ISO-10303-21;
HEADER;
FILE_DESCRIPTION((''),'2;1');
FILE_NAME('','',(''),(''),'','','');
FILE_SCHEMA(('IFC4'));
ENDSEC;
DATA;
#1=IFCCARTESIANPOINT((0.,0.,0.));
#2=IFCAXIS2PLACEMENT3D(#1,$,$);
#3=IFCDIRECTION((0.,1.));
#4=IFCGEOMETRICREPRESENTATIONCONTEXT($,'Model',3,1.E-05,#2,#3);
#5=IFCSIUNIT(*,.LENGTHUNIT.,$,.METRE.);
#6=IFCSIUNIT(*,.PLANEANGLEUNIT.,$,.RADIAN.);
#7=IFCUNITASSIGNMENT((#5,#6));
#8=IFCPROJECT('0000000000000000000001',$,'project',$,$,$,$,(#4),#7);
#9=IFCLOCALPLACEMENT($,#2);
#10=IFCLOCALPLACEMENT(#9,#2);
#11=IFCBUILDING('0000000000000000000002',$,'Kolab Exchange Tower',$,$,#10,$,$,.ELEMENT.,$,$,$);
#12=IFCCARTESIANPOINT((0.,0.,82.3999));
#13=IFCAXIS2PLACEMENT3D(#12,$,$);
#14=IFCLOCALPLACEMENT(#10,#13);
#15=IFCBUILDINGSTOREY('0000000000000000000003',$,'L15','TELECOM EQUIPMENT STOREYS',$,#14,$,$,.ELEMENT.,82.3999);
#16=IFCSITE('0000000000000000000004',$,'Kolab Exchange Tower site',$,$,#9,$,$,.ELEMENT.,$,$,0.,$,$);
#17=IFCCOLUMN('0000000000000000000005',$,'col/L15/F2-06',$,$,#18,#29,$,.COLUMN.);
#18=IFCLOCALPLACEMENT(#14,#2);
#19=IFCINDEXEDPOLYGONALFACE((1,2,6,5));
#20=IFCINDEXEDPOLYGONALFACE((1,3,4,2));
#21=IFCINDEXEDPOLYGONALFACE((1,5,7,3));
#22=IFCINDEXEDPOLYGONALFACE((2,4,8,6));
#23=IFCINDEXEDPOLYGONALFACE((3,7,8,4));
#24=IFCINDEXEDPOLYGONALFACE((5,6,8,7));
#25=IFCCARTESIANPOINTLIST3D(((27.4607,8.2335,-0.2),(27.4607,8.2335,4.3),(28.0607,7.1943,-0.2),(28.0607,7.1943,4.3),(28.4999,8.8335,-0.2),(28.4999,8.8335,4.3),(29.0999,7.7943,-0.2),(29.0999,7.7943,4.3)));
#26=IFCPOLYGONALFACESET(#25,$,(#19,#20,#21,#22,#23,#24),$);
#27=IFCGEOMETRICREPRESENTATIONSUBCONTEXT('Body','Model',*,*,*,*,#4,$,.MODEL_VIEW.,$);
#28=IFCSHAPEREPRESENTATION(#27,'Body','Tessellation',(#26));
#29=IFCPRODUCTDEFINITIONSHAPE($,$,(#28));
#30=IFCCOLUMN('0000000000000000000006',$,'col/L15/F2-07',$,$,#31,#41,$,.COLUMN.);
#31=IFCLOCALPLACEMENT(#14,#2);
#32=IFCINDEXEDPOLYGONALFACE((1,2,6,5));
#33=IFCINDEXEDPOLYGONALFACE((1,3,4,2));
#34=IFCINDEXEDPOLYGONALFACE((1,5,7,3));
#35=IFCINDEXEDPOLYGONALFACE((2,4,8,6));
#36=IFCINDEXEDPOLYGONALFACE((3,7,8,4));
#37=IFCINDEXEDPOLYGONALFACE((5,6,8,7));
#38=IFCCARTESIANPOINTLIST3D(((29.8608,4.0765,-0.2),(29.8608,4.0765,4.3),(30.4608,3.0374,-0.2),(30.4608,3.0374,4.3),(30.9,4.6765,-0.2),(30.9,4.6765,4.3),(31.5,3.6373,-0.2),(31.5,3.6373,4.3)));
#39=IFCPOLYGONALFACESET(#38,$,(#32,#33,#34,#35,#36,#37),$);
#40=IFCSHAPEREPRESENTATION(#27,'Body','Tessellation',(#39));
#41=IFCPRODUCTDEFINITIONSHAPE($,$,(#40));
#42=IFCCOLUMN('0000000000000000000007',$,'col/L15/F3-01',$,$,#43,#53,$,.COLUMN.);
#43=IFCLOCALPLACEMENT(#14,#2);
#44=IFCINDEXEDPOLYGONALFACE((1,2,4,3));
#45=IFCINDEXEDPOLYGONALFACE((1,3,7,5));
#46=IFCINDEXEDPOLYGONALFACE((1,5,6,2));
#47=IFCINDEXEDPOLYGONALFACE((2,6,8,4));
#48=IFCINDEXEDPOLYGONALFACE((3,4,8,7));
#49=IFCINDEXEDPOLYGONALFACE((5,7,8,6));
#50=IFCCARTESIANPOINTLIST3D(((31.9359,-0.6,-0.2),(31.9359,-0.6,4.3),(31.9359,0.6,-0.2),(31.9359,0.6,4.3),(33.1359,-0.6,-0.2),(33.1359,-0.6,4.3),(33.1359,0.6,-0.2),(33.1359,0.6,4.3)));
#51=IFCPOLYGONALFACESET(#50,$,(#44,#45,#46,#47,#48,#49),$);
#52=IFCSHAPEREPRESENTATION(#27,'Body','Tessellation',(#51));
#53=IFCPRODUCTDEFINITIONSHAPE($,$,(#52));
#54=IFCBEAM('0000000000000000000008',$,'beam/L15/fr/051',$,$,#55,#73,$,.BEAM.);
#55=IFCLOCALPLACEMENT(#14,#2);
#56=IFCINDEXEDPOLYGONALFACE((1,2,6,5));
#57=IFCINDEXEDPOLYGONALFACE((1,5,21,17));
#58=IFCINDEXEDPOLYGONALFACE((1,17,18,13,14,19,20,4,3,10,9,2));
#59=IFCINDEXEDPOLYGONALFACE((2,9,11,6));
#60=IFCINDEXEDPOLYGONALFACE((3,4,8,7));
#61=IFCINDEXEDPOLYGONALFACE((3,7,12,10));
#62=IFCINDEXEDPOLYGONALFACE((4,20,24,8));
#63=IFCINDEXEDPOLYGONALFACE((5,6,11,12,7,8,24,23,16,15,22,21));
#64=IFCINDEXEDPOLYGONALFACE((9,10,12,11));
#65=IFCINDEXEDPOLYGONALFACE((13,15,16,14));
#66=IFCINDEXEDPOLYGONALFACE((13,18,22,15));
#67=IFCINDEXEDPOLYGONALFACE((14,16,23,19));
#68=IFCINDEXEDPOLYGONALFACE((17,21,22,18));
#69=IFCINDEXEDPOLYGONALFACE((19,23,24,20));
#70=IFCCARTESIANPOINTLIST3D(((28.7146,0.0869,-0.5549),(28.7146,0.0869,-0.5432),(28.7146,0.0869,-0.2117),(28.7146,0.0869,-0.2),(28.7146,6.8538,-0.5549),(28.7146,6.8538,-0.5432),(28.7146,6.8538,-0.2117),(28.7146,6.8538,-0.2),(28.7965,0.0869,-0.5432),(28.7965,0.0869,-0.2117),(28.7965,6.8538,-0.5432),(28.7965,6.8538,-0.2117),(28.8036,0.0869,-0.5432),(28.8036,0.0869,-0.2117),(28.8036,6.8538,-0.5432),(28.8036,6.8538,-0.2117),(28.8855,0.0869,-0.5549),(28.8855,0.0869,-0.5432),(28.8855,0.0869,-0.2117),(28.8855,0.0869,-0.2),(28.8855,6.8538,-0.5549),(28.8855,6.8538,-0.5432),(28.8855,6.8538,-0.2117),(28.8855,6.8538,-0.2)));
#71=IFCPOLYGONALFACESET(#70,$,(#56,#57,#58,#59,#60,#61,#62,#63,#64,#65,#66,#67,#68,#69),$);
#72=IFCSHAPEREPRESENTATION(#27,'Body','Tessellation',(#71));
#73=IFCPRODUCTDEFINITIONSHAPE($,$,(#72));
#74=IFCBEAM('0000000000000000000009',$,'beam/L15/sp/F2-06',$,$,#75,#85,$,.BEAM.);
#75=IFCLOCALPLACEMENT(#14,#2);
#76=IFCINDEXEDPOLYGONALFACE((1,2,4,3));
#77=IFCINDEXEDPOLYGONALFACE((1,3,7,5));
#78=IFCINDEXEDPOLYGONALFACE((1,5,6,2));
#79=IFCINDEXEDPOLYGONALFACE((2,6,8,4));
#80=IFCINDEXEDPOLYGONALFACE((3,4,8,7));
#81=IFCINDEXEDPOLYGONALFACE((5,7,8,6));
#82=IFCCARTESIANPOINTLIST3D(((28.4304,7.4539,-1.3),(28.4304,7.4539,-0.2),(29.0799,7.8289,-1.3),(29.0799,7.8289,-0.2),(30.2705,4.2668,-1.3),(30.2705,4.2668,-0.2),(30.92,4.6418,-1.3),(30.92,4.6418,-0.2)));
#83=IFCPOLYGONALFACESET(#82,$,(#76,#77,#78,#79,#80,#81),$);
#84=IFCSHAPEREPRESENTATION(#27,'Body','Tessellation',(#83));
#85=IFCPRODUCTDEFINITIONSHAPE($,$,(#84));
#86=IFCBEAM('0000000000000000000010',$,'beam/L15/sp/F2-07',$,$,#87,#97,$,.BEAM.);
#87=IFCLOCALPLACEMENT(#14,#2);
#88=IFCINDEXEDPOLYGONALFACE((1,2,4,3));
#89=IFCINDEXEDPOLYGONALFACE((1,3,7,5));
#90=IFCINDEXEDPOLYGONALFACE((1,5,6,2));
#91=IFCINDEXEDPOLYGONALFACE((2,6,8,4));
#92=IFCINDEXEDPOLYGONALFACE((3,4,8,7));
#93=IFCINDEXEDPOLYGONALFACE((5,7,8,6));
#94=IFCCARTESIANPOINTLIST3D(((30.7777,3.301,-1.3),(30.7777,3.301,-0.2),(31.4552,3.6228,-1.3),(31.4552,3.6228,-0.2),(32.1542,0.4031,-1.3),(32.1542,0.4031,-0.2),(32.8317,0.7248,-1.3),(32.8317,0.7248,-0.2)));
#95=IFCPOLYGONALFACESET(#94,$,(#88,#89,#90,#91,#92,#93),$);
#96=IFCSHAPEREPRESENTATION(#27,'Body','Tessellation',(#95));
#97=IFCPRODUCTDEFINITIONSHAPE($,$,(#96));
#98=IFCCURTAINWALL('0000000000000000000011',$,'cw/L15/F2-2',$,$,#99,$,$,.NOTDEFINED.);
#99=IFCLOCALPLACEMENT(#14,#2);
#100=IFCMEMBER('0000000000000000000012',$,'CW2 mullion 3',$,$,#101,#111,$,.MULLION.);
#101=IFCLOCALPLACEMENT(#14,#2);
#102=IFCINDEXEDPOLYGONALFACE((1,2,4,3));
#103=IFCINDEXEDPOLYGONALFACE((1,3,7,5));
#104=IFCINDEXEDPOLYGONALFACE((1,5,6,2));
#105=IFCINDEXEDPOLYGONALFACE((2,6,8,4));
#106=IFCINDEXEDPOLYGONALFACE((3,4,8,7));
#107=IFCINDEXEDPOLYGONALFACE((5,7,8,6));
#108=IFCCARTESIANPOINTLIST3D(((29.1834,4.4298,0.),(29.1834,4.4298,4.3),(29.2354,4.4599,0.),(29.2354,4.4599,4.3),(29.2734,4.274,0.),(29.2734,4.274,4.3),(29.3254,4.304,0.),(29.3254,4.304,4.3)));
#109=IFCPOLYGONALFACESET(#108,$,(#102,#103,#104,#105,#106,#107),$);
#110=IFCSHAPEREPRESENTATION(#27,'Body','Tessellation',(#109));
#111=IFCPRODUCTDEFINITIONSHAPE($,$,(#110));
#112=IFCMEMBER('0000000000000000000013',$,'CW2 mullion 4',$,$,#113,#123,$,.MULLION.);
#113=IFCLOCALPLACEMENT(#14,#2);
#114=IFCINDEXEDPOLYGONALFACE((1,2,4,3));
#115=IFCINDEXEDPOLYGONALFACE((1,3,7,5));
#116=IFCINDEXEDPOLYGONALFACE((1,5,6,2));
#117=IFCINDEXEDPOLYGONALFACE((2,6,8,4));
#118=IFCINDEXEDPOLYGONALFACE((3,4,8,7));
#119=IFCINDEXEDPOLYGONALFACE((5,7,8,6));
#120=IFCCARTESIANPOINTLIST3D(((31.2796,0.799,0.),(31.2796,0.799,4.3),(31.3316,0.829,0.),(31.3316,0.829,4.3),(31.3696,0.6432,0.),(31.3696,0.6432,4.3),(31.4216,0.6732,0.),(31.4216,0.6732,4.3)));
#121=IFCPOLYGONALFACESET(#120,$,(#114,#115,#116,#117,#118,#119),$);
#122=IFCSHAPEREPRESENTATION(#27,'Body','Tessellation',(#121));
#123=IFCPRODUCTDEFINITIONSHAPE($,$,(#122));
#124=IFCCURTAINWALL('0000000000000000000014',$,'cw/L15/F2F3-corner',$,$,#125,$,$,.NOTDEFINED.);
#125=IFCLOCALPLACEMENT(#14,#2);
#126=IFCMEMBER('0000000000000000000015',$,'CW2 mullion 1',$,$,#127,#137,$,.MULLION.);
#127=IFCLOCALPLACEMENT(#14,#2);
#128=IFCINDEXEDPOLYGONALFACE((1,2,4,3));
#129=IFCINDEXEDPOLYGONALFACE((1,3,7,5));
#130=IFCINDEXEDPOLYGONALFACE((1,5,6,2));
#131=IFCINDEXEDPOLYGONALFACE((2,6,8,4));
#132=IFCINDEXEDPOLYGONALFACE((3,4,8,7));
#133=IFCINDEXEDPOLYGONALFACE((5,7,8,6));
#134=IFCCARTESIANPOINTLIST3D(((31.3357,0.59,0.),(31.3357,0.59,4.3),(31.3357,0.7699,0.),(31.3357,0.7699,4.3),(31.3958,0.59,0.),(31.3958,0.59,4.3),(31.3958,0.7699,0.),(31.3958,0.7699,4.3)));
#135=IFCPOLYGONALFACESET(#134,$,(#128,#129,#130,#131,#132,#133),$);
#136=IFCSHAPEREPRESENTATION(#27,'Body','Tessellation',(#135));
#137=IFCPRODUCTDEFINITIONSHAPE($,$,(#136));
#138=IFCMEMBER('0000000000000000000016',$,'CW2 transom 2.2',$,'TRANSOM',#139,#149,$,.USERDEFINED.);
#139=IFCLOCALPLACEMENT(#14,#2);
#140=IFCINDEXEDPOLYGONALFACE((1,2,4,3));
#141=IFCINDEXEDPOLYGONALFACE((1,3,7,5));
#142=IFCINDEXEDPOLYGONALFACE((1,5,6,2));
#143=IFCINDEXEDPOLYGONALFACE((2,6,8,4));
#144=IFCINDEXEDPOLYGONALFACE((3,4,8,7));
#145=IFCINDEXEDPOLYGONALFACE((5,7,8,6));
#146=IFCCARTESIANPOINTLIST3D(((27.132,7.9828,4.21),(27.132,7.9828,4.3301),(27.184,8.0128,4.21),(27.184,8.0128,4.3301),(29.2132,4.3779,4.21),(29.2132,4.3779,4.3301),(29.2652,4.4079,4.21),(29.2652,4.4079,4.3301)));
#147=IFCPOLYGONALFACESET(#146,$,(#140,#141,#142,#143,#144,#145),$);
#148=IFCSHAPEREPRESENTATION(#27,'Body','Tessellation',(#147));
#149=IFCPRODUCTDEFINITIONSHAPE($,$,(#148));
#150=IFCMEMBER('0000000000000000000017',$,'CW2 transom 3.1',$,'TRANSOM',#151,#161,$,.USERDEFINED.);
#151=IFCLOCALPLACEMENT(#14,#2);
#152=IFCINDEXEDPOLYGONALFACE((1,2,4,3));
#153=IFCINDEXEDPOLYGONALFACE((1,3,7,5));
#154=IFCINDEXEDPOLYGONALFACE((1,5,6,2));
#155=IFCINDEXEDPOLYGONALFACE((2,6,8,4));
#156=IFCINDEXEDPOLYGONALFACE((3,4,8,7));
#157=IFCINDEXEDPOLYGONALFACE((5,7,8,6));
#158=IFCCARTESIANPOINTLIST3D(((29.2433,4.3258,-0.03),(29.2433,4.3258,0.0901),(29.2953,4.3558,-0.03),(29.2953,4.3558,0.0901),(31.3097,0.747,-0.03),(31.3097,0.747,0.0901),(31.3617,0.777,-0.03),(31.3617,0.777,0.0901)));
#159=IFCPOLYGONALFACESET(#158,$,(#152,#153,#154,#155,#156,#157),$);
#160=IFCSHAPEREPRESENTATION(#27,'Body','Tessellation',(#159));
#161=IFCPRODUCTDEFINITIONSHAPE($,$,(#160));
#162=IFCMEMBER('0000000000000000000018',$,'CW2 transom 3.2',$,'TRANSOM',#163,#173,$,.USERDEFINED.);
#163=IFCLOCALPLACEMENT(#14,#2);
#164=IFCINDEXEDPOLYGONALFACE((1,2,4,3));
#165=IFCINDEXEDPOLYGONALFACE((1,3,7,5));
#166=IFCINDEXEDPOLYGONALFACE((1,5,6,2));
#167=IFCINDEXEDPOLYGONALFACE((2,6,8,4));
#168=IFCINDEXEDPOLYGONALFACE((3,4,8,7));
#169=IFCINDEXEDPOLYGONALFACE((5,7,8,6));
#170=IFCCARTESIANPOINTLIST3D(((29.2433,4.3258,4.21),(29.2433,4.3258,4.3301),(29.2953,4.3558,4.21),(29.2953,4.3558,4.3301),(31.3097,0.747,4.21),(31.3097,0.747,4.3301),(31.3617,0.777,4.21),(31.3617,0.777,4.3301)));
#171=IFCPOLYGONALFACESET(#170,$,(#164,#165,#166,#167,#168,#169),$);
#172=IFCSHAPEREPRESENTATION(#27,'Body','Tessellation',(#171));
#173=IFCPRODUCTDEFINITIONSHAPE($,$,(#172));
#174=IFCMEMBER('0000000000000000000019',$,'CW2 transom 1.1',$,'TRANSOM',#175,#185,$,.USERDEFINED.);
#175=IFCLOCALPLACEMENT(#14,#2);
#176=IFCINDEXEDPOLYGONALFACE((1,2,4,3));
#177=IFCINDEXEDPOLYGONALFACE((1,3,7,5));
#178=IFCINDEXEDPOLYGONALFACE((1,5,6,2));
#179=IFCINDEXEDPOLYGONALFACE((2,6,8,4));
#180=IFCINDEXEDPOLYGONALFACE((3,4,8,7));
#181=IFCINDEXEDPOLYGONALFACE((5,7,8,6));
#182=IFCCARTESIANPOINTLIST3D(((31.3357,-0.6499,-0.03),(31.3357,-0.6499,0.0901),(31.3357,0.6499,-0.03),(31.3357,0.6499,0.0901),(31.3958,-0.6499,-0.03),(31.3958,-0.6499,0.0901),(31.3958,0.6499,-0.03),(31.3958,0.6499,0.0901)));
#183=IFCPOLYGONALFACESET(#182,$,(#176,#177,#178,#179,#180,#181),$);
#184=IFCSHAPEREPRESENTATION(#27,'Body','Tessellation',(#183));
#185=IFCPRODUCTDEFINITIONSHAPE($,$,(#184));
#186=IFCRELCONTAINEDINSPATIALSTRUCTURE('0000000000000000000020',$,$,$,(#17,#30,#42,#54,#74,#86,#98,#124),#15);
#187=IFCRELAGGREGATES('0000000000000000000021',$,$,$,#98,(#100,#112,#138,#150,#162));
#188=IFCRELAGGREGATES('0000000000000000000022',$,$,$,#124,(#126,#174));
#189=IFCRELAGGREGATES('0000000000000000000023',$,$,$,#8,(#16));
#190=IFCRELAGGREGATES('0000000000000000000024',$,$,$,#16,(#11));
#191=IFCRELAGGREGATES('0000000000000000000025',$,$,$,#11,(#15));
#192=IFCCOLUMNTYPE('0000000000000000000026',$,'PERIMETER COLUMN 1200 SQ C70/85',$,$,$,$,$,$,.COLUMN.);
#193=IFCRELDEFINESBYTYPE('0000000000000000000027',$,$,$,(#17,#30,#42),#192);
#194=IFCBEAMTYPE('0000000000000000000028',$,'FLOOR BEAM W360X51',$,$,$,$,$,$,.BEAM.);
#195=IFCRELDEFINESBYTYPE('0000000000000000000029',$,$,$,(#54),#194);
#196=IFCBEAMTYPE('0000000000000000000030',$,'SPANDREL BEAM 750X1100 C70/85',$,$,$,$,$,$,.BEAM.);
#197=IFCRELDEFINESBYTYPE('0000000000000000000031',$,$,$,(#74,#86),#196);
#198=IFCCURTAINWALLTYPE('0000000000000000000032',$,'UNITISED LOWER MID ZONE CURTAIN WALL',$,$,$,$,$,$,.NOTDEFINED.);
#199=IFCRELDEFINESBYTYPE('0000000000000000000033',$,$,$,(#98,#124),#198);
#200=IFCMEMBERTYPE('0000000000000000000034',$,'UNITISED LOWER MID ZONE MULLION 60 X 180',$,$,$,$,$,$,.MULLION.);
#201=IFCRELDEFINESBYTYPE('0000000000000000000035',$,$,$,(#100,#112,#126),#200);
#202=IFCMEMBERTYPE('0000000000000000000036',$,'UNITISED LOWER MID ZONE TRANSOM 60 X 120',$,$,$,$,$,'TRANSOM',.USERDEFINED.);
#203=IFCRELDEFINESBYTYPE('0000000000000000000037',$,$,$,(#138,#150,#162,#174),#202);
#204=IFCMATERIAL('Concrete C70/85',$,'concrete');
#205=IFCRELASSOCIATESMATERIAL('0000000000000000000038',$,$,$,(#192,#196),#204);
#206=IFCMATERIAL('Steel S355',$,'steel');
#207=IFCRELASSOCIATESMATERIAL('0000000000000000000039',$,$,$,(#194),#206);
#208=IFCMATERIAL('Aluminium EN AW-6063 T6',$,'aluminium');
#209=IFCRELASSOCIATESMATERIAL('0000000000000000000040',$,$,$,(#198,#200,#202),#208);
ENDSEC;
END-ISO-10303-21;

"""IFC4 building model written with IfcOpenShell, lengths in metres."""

from ifc_helpers import new_model, si_unit, direction, frame, origin, origin_2d, place, context, subcontext, project, spatial, rectangle, i_section, extrude, material, material_profile, profile_set, type_object, element, aggregate, save


model = new_model("IFC4")

# Units and contexts
model_context = context("Model", 3, precision=1e-05, world=origin(), true_north=direction((0.0, 1.0)))
body_context = subcontext(model_context, "Body", "Model", "MODEL_VIEW")
ifc_project = project(units=[si_unit("LENGTHUNIT", "METRE"), si_unit("PLANEANGLEUNIT", "RADIAN")], contexts=[model_context])

# Site, building, storey
site_placement = place(None, origin())
site = spatial("IfcSite", under=ifc_project, at=site_placement, Name="Kolab Exchange Tower site", CompositionType="ELEMENT", RefElevation=0.0)
building_placement = place(site_placement, origin())
building = spatial("IfcBuilding", under=site, at=building_placement, Name="Kolab Exchange Tower", CompositionType="ELEMENT")
storey_placement = place(building_placement, frame((0.0, 0.0, 82.3999)))
storey = spatial("IfcBuildingStorey", under=building, at=storey_placement, Name="L15", Description="TELECOM EQUIPMENT STOREYS", CompositionType="ELEMENT", Elevation=82.3999)

# Columns
ifc_material_1 = material(Name="Concrete C70/85", Category="concrete")
ifc_material_profile_1 = material_profile(ifc_material_1, rectangle(XDim=1.2, YDim=1.2, at=origin_2d()), Name="RC1200")
ifc_profile_set_1 = profile_set([ifc_material_profile_1], Name="Concrete C70/85")
column_type = type_object("IfcColumnType", Name="PERIMETER COLUMN 1200 SQ C70/85", PredefinedType="COLUMN", material=ifc_profile_set_1)
for number, where, z_axis, x_axis, name in (
    (1, (28.2803, 8.0139, -0.2), (0.0, 0.0, 1.0), (0.866025, 0.5, 0.0), "col/L15/F2-06"),
    (2, (30.6804, 3.8569, -0.2), (0.0, 0.0, 1.0), (0.866025, 0.5, 0.0), "col/L15/F2-07"),
    (3, (32.5359, 0.0, -0.2), (0.0, 0.0, 1.0), (1.0, 0.0, 0.0), "col/L15/F3-01"),
):
    element("IfcColumn", number, at=place(storey_placement, frame(where, z_axis=z_axis, x_axis=x_axis)), inside=storey, type_object=column_type, Name=name, PredefinedType="COLUMN", context=body_context, shape_type="SweptSolid", body=[
        extrude(rectangle(XDim=1.2, YDim=1.2, at=origin_2d()), origin(), (0.0, 0.0, 1.0), 4.5),
    ])

# Beams
ifc_material_2 = material(Name="Steel S355", Category="steel")
ifc_material_profile_2 = material_profile(ifc_material_2, i_section(OverallWidth=0.1709, OverallDepth=0.355, WebThickness=0.0071, FlangeThickness=0.0117, at=origin_2d()), Name="W360X51")
ifc_profile_set_2 = profile_set([ifc_material_profile_2], Name="Steel S355")
beam_type_1 = type_object("IfcBeamType", Name="FLOOR BEAM W360X51", PredefinedType="BEAM", material=ifc_profile_set_2)
beam_1_placement = place(storey_placement, frame((28.8, 0.0869, -0.3774), z_axis=(0.0, 1.0, 0.0), x_axis=(-1.0, 0.0, 0.0)))
element("IfcBeam", 4, at=beam_1_placement, inside=storey, type_object=beam_type_1, Name="beam/L15/fr/051", PredefinedType="BEAM", context=body_context, shape_type="SweptSolid", body=[
    extrude(i_section(OverallWidth=0.1709, OverallDepth=0.355, WebThickness=0.0071, FlangeThickness=0.0117, at=origin_2d()), origin(), (0.0, 0.0, 1.0), 6.7668),
])
ifc_material_profile_3 = material_profile(ifc_material_1, rectangle(XDim=0.75, YDim=1.1001, at=origin_2d()), Name="RC750X1100")
ifc_profile_set_3 = profile_set([ifc_material_profile_3], Name="Concrete C70/85")
beam_type_2 = type_object("IfcBeamType", Name="SPANDREL BEAM 750X1100 C70/85", PredefinedType="BEAM", material=ifc_profile_set_3)
beam_2_placement = place(storey_placement, frame((28.7551, 7.6414, -0.75), z_axis=(0.500013, -0.866018, 0.0), x_axis=(0.866018, 0.500013, 0.0)))
element("IfcBeam", 5, at=beam_2_placement, inside=storey, type_object=beam_type_2, Name="beam/L15/sp/F2-06", PredefinedType="BEAM", context=body_context, shape_type="SweptSolid", body=[
    extrude(rectangle(XDim=0.75, YDim=1.1001, at=origin_2d()), origin(), (0.0, 0.0, 1.0), 3.6802),
])
beam_3_placement = place(storey_placement, frame((31.1165, 3.4619, -0.75), z_axis=(0.429041, -0.903285, 0.0), x_axis=(0.903285, 0.429041, 0.0)))
element("IfcBeam", 6, at=beam_3_placement, inside=storey, type_object=beam_type_2, Name="beam/L15/sp/F2-07", PredefinedType="BEAM", context=body_context, shape_type="SweptSolid", body=[
    extrude(rectangle(XDim=0.75, YDim=1.1001, at=origin_2d()), origin(), (0.0, 0.0, 1.0), 3.2083),
])

# Curtain wall, members
ifc_material_3 = material(Name="Aluminium EN AW-6063 T6", Category="aluminium")
curtain_wall_type = type_object("IfcCurtainWallType", Name="UNITISED LOWER MID ZONE CURTAIN WALL", PredefinedType="NOTDEFINED", material=ifc_material_3)
curtain_wall_1_placement = place(storey_placement, origin())
curtain_wall_1 = element("IfcCurtainWall", 7, at=curtain_wall_1_placement, inside=storey, type_object=curtain_wall_type, Name="cw/L15/F2-2", PredefinedType="NOTDEFINED")
ifc_material_profile_4 = material_profile(ifc_material_3, rectangle(XDim=0.0601, YDim=0.1799, at=origin_2d()), Name="RECT 60X180")
ifc_profile_set_4 = profile_set([ifc_material_profile_4], Name="Aluminium EN AW-6063 T6")
member_type_1 = type_object("IfcMemberType", Name="UNITISED LOWER MID ZONE MULLION 60 X 180", PredefinedType="MULLION", material=ifc_profile_set_4)
member_1_placement = place(storey_placement, frame((29.2544, 4.3669, 0.0), z_axis=(0.0, 0.0, 1.0), x_axis=(0.866025, 0.5, 0.0)))
member_1 = element("IfcMember", 8, at=member_1_placement, type_object=member_type_1, Name="CW2 mullion 3", PredefinedType="MULLION", context=body_context, shape_type="SweptSolid", body=[
    extrude(rectangle(XDim=0.0601, YDim=0.1799, at=origin_2d()), origin(), (0.0, 0.0, 1.0), 4.3),
])
member_2_placement = place(storey_placement, frame((31.3506, 0.7361, 0.0), z_axis=(0.0, 0.0, 1.0), x_axis=(0.866025, 0.5, 0.0)))
member_2 = element("IfcMember", 9, at=member_2_placement, type_object=member_type_1, Name="CW2 mullion 4", PredefinedType="MULLION", context=body_context, shape_type="SweptSolid", body=[
    extrude(rectangle(XDim=0.0601, YDim=0.1799, at=origin_2d()), origin(), (0.0, 0.0, 1.0), 4.3),
])

# Curtain wall, member
curtain_wall_2_placement = place(storey_placement, origin())
curtain_wall_2 = element("IfcCurtainWall", 10, at=curtain_wall_2_placement, inside=storey, type_object=curtain_wall_type, Name="cw/L15/F2F3-corner", PredefinedType="NOTDEFINED")
member_3_placement = place(storey_placement, frame((31.3657, 0.6799, 0.0), z_axis=(0.0, 0.0, 1.0), x_axis=(1.0, 0.0, 0.0)))
member_3 = element("IfcMember", 11, at=member_3_placement, type_object=member_type_1, Name="CW2 mullion 1", PredefinedType="MULLION", context=body_context, shape_type="SweptSolid", body=[
    extrude(rectangle(XDim=0.0601, YDim=0.1799, at=origin_2d()), origin(), (0.0, 0.0, 1.0), 4.3),
])

# Members
ifc_material_profile_5 = material_profile(ifc_material_3, rectangle(XDim=0.0601, YDim=0.1201, at=origin_2d()), Name="RECT 60X120")
ifc_profile_set_5 = profile_set([ifc_material_profile_5], Name="Aluminium EN AW-6063 T6")
member_type_2 = type_object("IfcMemberType", Name="UNITISED LOWER MID ZONE TRANSOM 60 X 120", ElementType="TRANSOM", PredefinedType="USERDEFINED", material=ifc_profile_set_5)
member_4_placement = place(storey_placement, frame((27.158, 7.9978, 4.27), z_axis=(0.499993, -0.866029, 0.0), x_axis=(0.866029, 0.499993, 0.0)))
member_4 = element("IfcMember", 12, at=member_4_placement, type_object=member_type_2, Name="CW2 transom 2.2", ObjectType="TRANSOM", PredefinedType="USERDEFINED", context=body_context, shape_type="SweptSolid", body=[
    extrude(rectangle(XDim=0.0601, YDim=0.1201, at=origin_2d()), origin(), (0.0, 0.0, 1.0), 4.1626),
])
member_5_placement = place(storey_placement, frame((29.2693, 4.3408, 0.03), z_axis=(0.500028, -0.866009, 0.0), x_axis=(0.866009, 0.500028, 0.0)))
member_5 = element("IfcMember", 13, at=member_5_placement, type_object=member_type_2, Name="CW2 transom 3.1", ObjectType="TRANSOM", PredefinedType="USERDEFINED", context=body_context, shape_type="SweptSolid", body=[
    extrude(rectangle(XDim=0.0601, YDim=0.1201, at=origin_2d()), origin(), (0.0, 0.0, 1.0), 4.1326),
])
member_6_placement = place(storey_placement, frame((29.2693, 4.3408, 4.27), z_axis=(0.500028, -0.866009, 0.0), x_axis=(0.866009, 0.500028, 0.0)))
member_6 = element("IfcMember", 14, at=member_6_placement, type_object=member_type_2, Name="CW2 transom 3.2", ObjectType="TRANSOM", PredefinedType="USERDEFINED", context=body_context, shape_type="SweptSolid", body=[
    extrude(rectangle(XDim=0.0601, YDim=0.1201, at=origin_2d()), origin(), (0.0, 0.0, 1.0), 4.1326),
])
member_7_placement = place(storey_placement, frame((31.3657, 0.6499, 0.03), z_axis=(0.0, -1.0, 0.0), x_axis=(1.0, 0.0, 0.0)))
member_7 = element("IfcMember", 15, at=member_7_placement, type_object=member_type_2, Name="CW2 transom 1.1", ObjectType="TRANSOM", PredefinedType="USERDEFINED", context=body_context, shape_type="SweptSolid", body=[
    extrude(rectangle(XDim=0.0601, YDim=0.1201, at=origin_2d()), origin(), (0.0, 0.0, 1.0), 1.2998),
])

aggregate(curtain_wall_1, [member_1, member_2, member_4, member_5, member_6])
aggregate(curtain_wall_2, [member_3, member_7])

save(model, "model.ifc")
